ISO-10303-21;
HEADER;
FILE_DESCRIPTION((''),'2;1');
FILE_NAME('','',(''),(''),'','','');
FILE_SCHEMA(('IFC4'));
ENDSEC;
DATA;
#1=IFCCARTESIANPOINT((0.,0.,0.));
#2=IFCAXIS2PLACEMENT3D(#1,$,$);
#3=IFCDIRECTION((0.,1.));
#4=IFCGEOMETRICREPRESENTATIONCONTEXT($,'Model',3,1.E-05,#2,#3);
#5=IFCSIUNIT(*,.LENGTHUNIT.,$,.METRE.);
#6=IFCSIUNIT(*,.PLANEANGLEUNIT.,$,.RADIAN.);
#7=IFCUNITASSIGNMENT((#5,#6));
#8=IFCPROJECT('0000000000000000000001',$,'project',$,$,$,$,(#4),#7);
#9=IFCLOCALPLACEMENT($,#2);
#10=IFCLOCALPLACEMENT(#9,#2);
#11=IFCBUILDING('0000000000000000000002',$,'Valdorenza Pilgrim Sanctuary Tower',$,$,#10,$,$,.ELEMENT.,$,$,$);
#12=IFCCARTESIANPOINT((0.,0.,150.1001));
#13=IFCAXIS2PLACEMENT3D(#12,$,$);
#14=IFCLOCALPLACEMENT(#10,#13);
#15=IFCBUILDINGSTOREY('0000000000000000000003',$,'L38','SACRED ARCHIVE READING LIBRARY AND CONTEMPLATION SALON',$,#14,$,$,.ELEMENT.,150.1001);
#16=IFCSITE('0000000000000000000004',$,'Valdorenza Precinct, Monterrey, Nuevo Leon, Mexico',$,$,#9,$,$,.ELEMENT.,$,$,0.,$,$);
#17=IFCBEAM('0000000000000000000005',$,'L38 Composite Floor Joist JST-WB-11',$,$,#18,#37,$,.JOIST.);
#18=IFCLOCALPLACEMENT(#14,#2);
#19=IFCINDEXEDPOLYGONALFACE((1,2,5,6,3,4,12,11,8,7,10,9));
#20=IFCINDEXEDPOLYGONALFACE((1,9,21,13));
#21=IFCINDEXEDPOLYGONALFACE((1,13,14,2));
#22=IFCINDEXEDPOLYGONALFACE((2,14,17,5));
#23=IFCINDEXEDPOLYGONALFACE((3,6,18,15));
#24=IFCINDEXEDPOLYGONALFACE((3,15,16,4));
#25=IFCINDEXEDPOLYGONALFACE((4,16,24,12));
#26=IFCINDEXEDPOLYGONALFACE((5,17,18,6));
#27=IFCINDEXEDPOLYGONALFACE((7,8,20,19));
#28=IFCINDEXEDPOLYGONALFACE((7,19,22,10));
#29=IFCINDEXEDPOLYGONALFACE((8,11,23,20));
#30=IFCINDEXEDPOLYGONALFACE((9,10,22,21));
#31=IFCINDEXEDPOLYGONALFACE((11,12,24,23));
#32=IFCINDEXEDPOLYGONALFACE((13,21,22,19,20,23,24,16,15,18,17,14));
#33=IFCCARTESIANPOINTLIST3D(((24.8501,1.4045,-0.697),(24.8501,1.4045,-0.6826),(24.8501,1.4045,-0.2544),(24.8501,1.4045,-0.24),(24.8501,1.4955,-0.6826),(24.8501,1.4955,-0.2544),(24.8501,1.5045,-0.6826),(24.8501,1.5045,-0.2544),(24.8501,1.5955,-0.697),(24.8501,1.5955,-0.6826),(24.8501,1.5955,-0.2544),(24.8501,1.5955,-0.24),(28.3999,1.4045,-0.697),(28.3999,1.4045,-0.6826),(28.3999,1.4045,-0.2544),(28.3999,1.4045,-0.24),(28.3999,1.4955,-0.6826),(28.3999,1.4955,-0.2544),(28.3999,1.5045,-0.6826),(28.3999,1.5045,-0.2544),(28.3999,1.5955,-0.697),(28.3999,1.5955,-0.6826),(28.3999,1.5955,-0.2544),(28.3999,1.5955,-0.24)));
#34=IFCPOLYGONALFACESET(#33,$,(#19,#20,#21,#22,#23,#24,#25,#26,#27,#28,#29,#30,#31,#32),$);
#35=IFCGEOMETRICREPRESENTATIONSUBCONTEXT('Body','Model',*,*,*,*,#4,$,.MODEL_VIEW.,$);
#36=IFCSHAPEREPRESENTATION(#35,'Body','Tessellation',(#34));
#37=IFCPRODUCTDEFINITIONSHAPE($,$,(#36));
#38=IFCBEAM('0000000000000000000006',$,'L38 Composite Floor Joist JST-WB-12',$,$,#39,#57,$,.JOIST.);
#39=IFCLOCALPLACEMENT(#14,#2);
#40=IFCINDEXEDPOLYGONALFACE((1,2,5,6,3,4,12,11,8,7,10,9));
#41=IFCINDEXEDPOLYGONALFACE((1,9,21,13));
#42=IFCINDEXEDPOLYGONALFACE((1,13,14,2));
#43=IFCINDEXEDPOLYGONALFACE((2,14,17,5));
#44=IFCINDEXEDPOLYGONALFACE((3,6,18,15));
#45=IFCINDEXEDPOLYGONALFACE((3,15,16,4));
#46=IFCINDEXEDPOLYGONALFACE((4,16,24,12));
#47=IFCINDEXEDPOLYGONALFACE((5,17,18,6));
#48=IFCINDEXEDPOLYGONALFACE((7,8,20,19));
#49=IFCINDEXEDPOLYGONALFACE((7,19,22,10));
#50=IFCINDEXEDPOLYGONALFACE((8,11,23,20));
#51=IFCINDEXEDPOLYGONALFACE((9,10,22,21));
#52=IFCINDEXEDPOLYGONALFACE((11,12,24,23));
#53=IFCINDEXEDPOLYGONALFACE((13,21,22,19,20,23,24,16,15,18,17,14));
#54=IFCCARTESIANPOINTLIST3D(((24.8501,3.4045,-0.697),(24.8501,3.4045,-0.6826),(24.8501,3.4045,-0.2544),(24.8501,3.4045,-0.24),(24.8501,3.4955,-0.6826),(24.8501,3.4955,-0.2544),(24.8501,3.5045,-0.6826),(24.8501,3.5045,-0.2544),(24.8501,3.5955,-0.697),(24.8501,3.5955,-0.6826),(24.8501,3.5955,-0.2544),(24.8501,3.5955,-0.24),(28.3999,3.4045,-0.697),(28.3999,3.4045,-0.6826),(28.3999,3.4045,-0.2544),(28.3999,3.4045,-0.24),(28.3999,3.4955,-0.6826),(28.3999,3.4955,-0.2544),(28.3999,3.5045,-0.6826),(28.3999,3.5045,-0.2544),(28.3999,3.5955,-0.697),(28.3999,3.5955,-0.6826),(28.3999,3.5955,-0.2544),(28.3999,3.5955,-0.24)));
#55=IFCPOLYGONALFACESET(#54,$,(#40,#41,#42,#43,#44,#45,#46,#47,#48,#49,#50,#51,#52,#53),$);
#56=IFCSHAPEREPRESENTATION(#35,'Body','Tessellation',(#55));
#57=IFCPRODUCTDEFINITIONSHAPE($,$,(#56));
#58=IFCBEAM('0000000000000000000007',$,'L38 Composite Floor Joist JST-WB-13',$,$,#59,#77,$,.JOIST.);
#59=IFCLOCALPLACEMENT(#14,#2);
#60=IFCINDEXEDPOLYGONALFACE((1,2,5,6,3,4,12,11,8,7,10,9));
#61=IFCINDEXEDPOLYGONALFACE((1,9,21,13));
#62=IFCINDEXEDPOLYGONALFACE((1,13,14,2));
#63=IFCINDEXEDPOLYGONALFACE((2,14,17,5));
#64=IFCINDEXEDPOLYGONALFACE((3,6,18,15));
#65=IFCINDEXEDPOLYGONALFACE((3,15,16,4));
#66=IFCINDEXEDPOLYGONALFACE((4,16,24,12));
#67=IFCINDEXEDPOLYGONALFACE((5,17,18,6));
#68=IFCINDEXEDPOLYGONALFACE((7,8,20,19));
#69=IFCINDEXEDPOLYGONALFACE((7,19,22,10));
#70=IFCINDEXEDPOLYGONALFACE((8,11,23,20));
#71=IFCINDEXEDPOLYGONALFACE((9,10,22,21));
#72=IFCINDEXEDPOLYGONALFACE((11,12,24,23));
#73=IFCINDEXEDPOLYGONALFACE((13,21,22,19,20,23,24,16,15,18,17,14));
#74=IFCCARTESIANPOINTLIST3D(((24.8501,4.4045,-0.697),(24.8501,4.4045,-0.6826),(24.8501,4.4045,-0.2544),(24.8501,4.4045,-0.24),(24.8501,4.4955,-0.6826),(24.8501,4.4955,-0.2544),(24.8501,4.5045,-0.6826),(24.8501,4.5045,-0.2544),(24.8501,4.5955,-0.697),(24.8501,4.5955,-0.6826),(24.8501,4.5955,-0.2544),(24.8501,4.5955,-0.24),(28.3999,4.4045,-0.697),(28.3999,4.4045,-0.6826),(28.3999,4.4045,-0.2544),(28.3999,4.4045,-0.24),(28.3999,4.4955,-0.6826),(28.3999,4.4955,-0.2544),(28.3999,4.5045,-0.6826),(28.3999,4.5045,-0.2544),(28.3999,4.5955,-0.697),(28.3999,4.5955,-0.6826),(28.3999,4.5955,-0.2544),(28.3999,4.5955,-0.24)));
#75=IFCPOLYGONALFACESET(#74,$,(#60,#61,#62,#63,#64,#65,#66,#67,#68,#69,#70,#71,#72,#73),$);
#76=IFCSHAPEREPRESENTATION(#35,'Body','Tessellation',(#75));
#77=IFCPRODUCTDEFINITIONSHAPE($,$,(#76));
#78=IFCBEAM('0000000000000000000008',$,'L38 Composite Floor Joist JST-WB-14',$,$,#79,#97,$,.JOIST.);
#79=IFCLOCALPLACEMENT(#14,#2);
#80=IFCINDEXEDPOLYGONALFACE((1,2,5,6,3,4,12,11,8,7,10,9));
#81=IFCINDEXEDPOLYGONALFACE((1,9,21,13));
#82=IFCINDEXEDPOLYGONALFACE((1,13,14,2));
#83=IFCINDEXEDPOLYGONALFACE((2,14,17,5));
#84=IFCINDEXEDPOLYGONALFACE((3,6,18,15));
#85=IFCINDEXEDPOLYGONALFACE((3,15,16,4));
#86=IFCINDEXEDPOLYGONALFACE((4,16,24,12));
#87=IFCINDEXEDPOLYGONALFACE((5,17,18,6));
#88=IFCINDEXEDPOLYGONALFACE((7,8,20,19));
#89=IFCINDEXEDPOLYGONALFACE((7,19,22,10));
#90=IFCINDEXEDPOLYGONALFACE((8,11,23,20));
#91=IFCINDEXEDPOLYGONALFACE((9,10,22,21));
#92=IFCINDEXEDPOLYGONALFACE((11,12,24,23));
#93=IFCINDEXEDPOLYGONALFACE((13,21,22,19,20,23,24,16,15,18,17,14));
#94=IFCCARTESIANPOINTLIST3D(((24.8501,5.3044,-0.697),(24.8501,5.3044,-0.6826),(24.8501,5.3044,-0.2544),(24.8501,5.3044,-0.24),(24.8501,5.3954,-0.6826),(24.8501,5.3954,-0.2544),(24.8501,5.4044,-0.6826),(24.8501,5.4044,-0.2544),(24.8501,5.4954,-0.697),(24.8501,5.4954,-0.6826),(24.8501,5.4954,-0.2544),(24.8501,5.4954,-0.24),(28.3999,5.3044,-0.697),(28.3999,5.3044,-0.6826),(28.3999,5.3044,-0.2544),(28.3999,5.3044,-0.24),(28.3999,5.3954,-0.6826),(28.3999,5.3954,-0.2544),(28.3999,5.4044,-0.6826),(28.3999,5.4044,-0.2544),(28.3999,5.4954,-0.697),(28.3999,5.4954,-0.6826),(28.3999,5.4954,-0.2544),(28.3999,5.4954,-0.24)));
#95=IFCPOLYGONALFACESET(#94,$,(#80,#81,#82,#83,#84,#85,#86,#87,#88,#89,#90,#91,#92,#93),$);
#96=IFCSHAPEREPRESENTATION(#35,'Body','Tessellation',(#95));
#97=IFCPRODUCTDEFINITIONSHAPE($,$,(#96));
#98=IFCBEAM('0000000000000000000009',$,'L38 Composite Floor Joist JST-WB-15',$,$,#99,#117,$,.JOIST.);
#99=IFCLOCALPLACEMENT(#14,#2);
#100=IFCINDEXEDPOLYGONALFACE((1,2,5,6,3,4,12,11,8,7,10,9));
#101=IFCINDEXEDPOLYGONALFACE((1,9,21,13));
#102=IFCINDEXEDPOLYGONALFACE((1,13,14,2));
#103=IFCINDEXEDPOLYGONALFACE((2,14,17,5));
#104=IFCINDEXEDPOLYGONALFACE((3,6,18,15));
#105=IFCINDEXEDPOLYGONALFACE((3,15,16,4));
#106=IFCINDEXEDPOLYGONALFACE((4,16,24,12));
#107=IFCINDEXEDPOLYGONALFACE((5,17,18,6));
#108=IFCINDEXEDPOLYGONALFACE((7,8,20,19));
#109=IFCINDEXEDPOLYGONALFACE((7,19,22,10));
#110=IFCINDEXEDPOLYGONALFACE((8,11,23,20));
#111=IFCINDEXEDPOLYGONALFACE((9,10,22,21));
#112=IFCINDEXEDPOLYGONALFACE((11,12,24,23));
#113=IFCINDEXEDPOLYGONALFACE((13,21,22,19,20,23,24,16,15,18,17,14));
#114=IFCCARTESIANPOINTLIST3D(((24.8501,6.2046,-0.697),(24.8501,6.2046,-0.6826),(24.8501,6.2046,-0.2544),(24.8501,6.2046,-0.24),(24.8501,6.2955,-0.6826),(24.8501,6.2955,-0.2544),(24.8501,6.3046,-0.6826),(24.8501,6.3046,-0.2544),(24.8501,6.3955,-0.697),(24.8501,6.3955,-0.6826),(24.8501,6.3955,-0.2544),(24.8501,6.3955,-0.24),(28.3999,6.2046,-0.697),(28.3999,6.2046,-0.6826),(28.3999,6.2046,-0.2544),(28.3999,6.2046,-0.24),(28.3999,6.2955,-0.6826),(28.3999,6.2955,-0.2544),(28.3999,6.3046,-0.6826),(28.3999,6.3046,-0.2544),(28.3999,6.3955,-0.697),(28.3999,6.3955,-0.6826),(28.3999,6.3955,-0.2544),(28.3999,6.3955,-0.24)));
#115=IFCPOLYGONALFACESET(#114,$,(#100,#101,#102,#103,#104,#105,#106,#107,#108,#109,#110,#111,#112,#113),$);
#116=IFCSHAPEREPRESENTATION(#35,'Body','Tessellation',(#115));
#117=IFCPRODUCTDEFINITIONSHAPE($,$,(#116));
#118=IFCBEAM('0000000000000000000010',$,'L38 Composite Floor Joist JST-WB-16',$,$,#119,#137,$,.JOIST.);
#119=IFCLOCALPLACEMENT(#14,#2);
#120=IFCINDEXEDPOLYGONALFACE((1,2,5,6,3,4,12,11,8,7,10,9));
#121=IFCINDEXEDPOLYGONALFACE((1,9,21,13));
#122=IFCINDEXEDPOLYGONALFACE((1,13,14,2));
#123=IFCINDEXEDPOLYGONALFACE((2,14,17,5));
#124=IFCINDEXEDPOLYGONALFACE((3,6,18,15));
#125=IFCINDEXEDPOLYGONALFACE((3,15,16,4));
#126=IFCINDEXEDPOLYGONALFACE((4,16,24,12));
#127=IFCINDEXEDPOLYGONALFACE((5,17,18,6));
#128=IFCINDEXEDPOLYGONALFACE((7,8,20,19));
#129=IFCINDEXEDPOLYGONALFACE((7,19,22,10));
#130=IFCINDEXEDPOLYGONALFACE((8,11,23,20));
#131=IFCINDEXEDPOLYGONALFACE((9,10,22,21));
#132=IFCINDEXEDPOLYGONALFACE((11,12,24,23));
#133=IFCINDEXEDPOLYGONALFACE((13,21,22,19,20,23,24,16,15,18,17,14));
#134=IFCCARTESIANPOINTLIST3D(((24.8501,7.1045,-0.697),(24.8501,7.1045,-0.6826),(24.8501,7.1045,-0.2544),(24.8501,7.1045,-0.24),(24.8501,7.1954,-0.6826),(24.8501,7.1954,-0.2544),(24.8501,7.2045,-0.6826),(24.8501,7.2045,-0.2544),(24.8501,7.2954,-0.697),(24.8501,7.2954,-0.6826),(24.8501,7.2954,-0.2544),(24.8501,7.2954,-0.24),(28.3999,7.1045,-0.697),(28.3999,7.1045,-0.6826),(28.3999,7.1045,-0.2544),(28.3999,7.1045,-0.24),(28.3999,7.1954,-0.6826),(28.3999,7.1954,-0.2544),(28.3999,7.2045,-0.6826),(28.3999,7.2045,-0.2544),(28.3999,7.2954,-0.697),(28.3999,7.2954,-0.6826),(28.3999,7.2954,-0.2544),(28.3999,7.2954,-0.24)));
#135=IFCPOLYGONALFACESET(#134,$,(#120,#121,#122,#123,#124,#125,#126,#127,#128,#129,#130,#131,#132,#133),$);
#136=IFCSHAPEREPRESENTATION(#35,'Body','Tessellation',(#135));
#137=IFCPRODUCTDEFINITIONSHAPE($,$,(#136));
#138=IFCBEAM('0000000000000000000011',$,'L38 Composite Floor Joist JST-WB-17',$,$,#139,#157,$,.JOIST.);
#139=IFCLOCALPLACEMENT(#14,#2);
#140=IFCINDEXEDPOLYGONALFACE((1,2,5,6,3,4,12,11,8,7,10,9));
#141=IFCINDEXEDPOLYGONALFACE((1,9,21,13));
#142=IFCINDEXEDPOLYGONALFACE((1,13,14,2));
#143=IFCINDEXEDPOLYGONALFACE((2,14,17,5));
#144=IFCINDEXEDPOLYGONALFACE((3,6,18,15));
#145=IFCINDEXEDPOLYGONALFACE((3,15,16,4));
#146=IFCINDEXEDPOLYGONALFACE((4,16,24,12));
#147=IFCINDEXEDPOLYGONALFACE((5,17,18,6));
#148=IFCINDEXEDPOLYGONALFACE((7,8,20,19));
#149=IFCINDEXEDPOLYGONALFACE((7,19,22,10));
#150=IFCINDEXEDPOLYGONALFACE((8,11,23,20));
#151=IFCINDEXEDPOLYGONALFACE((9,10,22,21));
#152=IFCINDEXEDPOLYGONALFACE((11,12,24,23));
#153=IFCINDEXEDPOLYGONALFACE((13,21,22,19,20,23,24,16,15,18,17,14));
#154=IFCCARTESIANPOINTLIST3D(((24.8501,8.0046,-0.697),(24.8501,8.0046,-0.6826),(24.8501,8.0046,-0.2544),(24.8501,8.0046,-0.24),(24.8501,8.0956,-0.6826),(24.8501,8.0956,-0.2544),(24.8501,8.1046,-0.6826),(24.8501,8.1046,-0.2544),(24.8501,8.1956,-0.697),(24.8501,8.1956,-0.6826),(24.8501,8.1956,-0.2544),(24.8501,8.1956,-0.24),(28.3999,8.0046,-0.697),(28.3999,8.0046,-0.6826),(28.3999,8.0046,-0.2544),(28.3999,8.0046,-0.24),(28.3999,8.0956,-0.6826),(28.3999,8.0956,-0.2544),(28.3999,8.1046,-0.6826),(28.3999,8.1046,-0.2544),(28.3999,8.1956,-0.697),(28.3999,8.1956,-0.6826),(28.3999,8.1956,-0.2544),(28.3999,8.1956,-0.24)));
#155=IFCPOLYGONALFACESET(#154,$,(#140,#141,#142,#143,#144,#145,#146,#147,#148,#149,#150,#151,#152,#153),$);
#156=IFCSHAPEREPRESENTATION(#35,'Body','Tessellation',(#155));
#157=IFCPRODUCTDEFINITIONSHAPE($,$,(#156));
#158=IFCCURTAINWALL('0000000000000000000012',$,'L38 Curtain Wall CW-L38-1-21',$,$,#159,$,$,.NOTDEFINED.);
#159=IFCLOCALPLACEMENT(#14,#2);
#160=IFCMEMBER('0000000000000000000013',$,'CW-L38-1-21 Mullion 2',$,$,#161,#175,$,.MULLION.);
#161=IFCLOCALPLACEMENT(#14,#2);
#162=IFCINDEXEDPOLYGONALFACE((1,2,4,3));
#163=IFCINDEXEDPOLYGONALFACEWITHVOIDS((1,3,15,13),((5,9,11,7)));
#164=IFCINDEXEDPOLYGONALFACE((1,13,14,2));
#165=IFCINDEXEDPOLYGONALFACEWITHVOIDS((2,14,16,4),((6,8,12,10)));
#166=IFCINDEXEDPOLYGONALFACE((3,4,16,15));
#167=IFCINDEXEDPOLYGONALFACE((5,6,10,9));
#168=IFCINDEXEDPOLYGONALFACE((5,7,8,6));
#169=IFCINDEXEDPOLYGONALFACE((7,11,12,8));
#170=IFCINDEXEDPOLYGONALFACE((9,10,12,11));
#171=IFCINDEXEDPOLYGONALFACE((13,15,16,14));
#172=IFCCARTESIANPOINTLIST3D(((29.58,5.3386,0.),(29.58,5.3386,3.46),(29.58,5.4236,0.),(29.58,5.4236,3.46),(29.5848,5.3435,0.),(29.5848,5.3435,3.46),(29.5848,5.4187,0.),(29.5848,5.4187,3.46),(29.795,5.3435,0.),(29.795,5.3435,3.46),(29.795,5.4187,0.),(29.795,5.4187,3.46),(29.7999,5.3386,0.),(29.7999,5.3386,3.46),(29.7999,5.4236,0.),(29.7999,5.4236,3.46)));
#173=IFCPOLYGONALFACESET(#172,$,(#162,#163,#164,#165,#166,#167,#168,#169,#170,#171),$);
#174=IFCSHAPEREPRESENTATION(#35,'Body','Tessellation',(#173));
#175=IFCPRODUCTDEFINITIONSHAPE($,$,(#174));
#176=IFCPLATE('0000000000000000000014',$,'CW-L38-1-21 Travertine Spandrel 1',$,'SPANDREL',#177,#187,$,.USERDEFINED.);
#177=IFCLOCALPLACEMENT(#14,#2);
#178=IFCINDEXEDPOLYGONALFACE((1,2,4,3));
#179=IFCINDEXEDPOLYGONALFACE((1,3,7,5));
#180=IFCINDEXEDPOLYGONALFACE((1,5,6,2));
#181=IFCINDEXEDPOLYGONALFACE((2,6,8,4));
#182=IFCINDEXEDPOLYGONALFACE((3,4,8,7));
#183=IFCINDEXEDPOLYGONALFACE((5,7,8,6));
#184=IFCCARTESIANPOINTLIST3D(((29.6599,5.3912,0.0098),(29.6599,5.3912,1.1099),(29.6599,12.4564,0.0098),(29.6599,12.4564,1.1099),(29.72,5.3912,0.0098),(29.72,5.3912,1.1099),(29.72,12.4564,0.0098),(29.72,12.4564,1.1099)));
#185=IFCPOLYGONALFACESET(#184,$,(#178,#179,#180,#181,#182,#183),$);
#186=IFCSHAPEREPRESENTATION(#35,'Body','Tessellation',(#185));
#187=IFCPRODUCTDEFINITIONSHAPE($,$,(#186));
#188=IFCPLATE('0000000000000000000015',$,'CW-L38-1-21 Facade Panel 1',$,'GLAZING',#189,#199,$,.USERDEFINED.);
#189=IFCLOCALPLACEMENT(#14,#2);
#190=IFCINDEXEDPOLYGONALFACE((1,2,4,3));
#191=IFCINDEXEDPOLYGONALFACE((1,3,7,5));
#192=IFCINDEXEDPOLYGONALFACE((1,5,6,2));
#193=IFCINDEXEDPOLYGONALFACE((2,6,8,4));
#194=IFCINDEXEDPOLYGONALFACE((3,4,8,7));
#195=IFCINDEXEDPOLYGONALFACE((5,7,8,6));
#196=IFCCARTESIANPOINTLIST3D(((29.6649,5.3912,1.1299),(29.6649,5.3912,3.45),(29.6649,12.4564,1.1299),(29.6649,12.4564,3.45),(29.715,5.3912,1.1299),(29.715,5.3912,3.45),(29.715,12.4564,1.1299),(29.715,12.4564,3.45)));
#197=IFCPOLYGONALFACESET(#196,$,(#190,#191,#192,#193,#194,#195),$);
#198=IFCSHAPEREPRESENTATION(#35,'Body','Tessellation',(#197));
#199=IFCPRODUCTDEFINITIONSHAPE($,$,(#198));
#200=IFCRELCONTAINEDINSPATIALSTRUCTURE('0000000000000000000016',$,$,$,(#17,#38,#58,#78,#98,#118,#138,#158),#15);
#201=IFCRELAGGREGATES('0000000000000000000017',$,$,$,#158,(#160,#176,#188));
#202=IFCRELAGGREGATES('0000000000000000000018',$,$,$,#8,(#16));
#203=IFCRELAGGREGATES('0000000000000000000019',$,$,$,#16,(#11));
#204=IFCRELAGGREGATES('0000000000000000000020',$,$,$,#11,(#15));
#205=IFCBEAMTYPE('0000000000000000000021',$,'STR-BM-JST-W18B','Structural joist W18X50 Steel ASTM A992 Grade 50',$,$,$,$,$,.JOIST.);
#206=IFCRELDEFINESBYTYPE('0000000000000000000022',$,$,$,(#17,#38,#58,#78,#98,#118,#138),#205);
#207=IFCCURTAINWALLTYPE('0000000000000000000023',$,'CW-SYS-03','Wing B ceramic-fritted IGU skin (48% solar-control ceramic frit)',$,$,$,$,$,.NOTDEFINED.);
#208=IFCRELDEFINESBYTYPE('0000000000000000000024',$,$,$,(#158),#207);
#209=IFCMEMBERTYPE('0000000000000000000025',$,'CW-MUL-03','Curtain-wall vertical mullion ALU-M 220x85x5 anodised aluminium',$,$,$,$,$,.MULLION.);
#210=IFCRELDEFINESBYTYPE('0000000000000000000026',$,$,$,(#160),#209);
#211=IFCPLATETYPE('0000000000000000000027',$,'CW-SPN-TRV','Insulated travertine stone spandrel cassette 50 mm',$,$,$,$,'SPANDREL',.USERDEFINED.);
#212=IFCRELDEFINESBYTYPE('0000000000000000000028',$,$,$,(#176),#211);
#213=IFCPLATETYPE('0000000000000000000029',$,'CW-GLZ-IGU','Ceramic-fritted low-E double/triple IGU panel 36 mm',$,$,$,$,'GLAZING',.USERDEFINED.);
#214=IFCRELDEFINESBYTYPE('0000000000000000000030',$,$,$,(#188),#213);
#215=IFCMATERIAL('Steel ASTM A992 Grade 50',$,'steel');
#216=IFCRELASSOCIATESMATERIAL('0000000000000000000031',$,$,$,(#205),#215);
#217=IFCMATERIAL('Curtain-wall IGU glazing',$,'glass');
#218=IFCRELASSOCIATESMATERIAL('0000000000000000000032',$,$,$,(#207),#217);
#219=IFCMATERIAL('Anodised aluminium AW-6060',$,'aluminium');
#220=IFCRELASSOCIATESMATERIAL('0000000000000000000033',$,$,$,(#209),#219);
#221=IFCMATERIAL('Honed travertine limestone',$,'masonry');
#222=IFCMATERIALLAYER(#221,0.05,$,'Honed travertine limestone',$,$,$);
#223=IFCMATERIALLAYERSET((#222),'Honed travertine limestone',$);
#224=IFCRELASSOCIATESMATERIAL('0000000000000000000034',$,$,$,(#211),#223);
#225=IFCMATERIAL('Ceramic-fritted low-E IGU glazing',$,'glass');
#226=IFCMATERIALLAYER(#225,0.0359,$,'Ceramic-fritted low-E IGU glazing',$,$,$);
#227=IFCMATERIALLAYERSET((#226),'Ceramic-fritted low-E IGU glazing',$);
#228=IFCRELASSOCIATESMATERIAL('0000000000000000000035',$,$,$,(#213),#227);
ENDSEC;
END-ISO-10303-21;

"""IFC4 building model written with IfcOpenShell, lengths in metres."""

from ifc_helpers import new_model, si_unit, direction, frame, origin, origin_2d, place, context, subcontext, project, spatial, rectangle, hollow_rectangle, i_section, extrude, source, transform, mapped, material, layer, layer_set, material_profile, profile_set, type_object, element, aggregate, save


model = new_model("IFC4")

# Units and contexts
model_context = context("Model", 3, precision=1e-05, world=origin(), true_north=direction((0.0, 1.0)))
body_context = subcontext(model_context, "Body", "Model", "MODEL_VIEW")
ifc_project = project(units=[si_unit("LENGTHUNIT", "METRE"), si_unit("PLANEANGLEUNIT", "RADIAN")], contexts=[model_context])

# Site, building, storey
site_placement = place(None, origin())
site = spatial("IfcSite", under=ifc_project, at=site_placement, Name="Valdorenza Precinct, Monterrey, Nuevo Leon, Mexico", CompositionType="ELEMENT", RefElevation=0.0)
building_placement = place(site_placement, origin())
building = spatial("IfcBuilding", under=site, at=building_placement, Name="Valdorenza Pilgrim Sanctuary Tower", CompositionType="ELEMENT")
storey_placement = place(building_placement, frame((0.0, 0.0, 150.1001)))
storey = spatial("IfcBuildingStorey", under=building, at=storey_placement, Name="L38", Description="SACRED ARCHIVE READING LIBRARY AND CONTEMPLATION SALON", CompositionType="ELEMENT", Elevation=150.1001)

# Beams
ifc_material_1 = material(Name="Steel ASTM A992 Grade 50", Category="steel")
ifc_material_profile_1 = material_profile(ifc_material_1, i_section(OverallWidth=0.1909, OverallDepth=0.457, WebThickness=0.009, FlangeThickness=0.0144, at=origin_2d()), Name="W18X50")
ifc_profile_set_1 = profile_set([ifc_material_profile_1], Name="Steel ASTM A992 Grade 50")
beam_type = type_object("IfcBeamType", Name="STR-BM-JST-W18B", Description="Structural joist W18X50 Steel ASTM A992 Grade 50", PredefinedType="JOIST", material=ifc_profile_set_1)
shared_shape_1 = source(origin(), body_context, "Body", "SweptSolid", [
    extrude(i_section(OverallWidth=0.1909, OverallDepth=0.457, WebThickness=0.009, FlangeThickness=0.0144, at=origin_2d()), origin(), (0.0, 0.0, 1.0), 3.5498),
])
for number, where, z_axis, x_axis, name in (
    (1, (24.8501, 1.5, -0.4685), (1.0, 0.0, 0.0), (0.0, 1.0, 0.0), "L38 Composite Floor Joist JST-WB-11"),
    (2, (24.8501, 3.5, -0.4685), (1.0, 0.0, 0.0), (0.0, 1.0, 0.0), "L38 Composite Floor Joist JST-WB-12"),
    (3, (24.8501, 4.5, -0.4685), (1.0, 0.0, 0.0), (0.0, 1.0, 0.0), "L38 Composite Floor Joist JST-WB-13"),
    (4, (24.8501, 5.3999, -0.4685), (1.0, 0.0, 0.0), (0.0, 1.0, 0.0), "L38 Composite Floor Joist JST-WB-14"),
    (5, (24.8501, 6.3, -0.4685), (1.0, 0.0, 0.0), (0.0, 1.0, 0.0), "L38 Composite Floor Joist JST-WB-15"),
    (6, (24.8501, 7.2, -0.4685), (1.0, 0.0, 0.0), (0.0, 1.0, 0.0), "L38 Composite Floor Joist JST-WB-16"),
    (7, (24.8501, 8.1001, -0.4685), (1.0, 0.0, 0.0), (0.0, 1.0, 0.0), "L38 Composite Floor Joist JST-WB-17"),
):
    element("IfcBeam", number, at=place(storey_placement, frame(where, z_axis=z_axis, x_axis=x_axis)), inside=storey, type_object=beam_type, Name=name, PredefinedType="JOIST", context=body_context, shape_type="MappedRepresentation", body=[
        mapped(shared_shape_1, transform((0.0, 0.0, 0.0), x_axis=(1.0, 0.0, 0.0), y_axis=(0.0, 1.0, 0.0), z_axis=(0.0, 0.0, 1.0), scale=1.0)),
    ])

# Curtain wall, member, plates
ifc_material_2 = material(Name="Curtain-wall IGU glazing", Category="glass")
curtain_wall_type = type_object("IfcCurtainWallType", Name="CW-SYS-03", Description="Wing B ceramic-fritted IGU skin (48% solar-control ceramic frit)", PredefinedType="NOTDEFINED", material=ifc_material_2)
curtain_wall_placement = place(storey_placement, origin())
curtain_wall = element("IfcCurtainWall", 8, at=curtain_wall_placement, inside=storey, type_object=curtain_wall_type, Name="L38 Curtain Wall CW-L38-1-21", PredefinedType="NOTDEFINED")
ifc_material_3 = material(Name="Anodised aluminium AW-6060", Category="aluminium")
ifc_material_profile_2 = material_profile(ifc_material_3, hollow_rectangle(XDim=0.085, YDim=0.22, WallThickness=0.0049, at=origin_2d()), Name="ALU-M 220x85x5")
ifc_profile_set_2 = profile_set([ifc_material_profile_2], Name="Anodised aluminium AW-6060")
member_type = type_object("IfcMemberType", Name="CW-MUL-03", Description="Curtain-wall vertical mullion ALU-M 220x85x5 anodised aluminium", PredefinedType="MULLION", material=ifc_profile_set_2)
shared_shape_2 = source(origin(), body_context, "Body", "SweptSolid", [
    extrude(hollow_rectangle(XDim=0.085, YDim=0.22, WallThickness=0.0049, at=origin_2d()), origin(), (0.0, 0.0, 1.0), 3.46),
])
member_placement = place(storey_placement, frame((29.6899, 5.3811, 0.0), z_axis=(0.0, 0.0, 1.0), x_axis=(0.0, -1.0, 0.0)))
member = element("IfcMember", 9, at=member_placement, type_object=member_type, Name="CW-L38-1-21 Mullion 2", PredefinedType="MULLION", context=body_context, shape_type="MappedRepresentation", body=[
    mapped(shared_shape_2, transform((0.0, 0.0, 0.0), x_axis=(1.0, 0.0, 0.0), y_axis=(0.0, 1.0, 0.0), z_axis=(0.0, 0.0, 1.0), scale=1.0)),
])
ifc_material_4 = material(Name="Honed travertine limestone", Category="masonry")
ifc_layer_1 = layer(ifc_material_4, 0.05, Name="Honed travertine limestone")
ifc_layer_set_1 = layer_set([ifc_layer_1], Name="Honed travertine limestone")
plate_type_1 = type_object("IfcPlateType", Name="CW-SPN-TRV", Description="Insulated travertine stone spandrel cassette 50 mm", ElementType="SPANDREL", PredefinedType="USERDEFINED", material=ifc_layer_set_1)
shared_shape_3 = source(origin(), body_context, "Body", "SweptSolid", [
    extrude(rectangle(XDim=7.0652, YDim=0.0601, at=origin_2d()), origin(), (0.0, 0.0, 1.0), 1.1001),
])
plate_1_placement = place(storey_placement, frame((29.6899, 8.9238, 0.0098), z_axis=(0.0, 0.0, 1.0), x_axis=(0.0, -1.0, 0.0)))
plate_1 = element("IfcPlate", 10, at=plate_1_placement, type_object=plate_type_1, Name="CW-L38-1-21 Travertine Spandrel 1", ObjectType="SPANDREL", PredefinedType="USERDEFINED", context=body_context, shape_type="MappedRepresentation", body=[
    mapped(shared_shape_3, transform((0.0, 0.0, 0.0), x_axis=(1.0, 0.0, 0.0), y_axis=(0.0, 1.0, 0.0), z_axis=(0.0, 0.0, 1.0), scale=1.0)),
])
ifc_material_5 = material(Name="Ceramic-fritted low-E IGU glazing", Category="glass")
ifc_layer_2 = layer(ifc_material_5, 0.0359, Name="Ceramic-fritted low-E IGU glazing")
ifc_layer_set_2 = layer_set([ifc_layer_2], Name="Ceramic-fritted low-E IGU glazing")
plate_type_2 = type_object("IfcPlateType", Name="CW-GLZ-IGU", Description="Ceramic-fritted low-E double/triple IGU panel 36 mm", ElementType="GLAZING", PredefinedType="USERDEFINED", material=ifc_layer_set_2)
shared_shape_4 = source(origin(), body_context, "Body", "SweptSolid", [
    extrude(rectangle(XDim=7.0652, YDim=0.05, at=origin_2d()), origin(), (0.0, 0.0, 1.0), 2.3201),
])
plate_2_placement = place(storey_placement, frame((29.6899, 8.9238, 1.1299), z_axis=(0.0, 0.0, 1.0), x_axis=(0.0, -1.0, 0.0)))
plate_2 = element("IfcPlate", 11, at=plate_2_placement, type_object=plate_type_2, Name="CW-L38-1-21 Facade Panel 1", ObjectType="GLAZING", PredefinedType="USERDEFINED", context=body_context, shape_type="MappedRepresentation", body=[
    mapped(shared_shape_4, transform((0.0, 0.0, 0.0), x_axis=(1.0, 0.0, 0.0), y_axis=(0.0, 1.0, 0.0), z_axis=(0.0, 0.0, 1.0), scale=1.0)),
])
aggregate(curtain_wall, [member, plate_1, plate_2])

save(model, "model.ifc")
